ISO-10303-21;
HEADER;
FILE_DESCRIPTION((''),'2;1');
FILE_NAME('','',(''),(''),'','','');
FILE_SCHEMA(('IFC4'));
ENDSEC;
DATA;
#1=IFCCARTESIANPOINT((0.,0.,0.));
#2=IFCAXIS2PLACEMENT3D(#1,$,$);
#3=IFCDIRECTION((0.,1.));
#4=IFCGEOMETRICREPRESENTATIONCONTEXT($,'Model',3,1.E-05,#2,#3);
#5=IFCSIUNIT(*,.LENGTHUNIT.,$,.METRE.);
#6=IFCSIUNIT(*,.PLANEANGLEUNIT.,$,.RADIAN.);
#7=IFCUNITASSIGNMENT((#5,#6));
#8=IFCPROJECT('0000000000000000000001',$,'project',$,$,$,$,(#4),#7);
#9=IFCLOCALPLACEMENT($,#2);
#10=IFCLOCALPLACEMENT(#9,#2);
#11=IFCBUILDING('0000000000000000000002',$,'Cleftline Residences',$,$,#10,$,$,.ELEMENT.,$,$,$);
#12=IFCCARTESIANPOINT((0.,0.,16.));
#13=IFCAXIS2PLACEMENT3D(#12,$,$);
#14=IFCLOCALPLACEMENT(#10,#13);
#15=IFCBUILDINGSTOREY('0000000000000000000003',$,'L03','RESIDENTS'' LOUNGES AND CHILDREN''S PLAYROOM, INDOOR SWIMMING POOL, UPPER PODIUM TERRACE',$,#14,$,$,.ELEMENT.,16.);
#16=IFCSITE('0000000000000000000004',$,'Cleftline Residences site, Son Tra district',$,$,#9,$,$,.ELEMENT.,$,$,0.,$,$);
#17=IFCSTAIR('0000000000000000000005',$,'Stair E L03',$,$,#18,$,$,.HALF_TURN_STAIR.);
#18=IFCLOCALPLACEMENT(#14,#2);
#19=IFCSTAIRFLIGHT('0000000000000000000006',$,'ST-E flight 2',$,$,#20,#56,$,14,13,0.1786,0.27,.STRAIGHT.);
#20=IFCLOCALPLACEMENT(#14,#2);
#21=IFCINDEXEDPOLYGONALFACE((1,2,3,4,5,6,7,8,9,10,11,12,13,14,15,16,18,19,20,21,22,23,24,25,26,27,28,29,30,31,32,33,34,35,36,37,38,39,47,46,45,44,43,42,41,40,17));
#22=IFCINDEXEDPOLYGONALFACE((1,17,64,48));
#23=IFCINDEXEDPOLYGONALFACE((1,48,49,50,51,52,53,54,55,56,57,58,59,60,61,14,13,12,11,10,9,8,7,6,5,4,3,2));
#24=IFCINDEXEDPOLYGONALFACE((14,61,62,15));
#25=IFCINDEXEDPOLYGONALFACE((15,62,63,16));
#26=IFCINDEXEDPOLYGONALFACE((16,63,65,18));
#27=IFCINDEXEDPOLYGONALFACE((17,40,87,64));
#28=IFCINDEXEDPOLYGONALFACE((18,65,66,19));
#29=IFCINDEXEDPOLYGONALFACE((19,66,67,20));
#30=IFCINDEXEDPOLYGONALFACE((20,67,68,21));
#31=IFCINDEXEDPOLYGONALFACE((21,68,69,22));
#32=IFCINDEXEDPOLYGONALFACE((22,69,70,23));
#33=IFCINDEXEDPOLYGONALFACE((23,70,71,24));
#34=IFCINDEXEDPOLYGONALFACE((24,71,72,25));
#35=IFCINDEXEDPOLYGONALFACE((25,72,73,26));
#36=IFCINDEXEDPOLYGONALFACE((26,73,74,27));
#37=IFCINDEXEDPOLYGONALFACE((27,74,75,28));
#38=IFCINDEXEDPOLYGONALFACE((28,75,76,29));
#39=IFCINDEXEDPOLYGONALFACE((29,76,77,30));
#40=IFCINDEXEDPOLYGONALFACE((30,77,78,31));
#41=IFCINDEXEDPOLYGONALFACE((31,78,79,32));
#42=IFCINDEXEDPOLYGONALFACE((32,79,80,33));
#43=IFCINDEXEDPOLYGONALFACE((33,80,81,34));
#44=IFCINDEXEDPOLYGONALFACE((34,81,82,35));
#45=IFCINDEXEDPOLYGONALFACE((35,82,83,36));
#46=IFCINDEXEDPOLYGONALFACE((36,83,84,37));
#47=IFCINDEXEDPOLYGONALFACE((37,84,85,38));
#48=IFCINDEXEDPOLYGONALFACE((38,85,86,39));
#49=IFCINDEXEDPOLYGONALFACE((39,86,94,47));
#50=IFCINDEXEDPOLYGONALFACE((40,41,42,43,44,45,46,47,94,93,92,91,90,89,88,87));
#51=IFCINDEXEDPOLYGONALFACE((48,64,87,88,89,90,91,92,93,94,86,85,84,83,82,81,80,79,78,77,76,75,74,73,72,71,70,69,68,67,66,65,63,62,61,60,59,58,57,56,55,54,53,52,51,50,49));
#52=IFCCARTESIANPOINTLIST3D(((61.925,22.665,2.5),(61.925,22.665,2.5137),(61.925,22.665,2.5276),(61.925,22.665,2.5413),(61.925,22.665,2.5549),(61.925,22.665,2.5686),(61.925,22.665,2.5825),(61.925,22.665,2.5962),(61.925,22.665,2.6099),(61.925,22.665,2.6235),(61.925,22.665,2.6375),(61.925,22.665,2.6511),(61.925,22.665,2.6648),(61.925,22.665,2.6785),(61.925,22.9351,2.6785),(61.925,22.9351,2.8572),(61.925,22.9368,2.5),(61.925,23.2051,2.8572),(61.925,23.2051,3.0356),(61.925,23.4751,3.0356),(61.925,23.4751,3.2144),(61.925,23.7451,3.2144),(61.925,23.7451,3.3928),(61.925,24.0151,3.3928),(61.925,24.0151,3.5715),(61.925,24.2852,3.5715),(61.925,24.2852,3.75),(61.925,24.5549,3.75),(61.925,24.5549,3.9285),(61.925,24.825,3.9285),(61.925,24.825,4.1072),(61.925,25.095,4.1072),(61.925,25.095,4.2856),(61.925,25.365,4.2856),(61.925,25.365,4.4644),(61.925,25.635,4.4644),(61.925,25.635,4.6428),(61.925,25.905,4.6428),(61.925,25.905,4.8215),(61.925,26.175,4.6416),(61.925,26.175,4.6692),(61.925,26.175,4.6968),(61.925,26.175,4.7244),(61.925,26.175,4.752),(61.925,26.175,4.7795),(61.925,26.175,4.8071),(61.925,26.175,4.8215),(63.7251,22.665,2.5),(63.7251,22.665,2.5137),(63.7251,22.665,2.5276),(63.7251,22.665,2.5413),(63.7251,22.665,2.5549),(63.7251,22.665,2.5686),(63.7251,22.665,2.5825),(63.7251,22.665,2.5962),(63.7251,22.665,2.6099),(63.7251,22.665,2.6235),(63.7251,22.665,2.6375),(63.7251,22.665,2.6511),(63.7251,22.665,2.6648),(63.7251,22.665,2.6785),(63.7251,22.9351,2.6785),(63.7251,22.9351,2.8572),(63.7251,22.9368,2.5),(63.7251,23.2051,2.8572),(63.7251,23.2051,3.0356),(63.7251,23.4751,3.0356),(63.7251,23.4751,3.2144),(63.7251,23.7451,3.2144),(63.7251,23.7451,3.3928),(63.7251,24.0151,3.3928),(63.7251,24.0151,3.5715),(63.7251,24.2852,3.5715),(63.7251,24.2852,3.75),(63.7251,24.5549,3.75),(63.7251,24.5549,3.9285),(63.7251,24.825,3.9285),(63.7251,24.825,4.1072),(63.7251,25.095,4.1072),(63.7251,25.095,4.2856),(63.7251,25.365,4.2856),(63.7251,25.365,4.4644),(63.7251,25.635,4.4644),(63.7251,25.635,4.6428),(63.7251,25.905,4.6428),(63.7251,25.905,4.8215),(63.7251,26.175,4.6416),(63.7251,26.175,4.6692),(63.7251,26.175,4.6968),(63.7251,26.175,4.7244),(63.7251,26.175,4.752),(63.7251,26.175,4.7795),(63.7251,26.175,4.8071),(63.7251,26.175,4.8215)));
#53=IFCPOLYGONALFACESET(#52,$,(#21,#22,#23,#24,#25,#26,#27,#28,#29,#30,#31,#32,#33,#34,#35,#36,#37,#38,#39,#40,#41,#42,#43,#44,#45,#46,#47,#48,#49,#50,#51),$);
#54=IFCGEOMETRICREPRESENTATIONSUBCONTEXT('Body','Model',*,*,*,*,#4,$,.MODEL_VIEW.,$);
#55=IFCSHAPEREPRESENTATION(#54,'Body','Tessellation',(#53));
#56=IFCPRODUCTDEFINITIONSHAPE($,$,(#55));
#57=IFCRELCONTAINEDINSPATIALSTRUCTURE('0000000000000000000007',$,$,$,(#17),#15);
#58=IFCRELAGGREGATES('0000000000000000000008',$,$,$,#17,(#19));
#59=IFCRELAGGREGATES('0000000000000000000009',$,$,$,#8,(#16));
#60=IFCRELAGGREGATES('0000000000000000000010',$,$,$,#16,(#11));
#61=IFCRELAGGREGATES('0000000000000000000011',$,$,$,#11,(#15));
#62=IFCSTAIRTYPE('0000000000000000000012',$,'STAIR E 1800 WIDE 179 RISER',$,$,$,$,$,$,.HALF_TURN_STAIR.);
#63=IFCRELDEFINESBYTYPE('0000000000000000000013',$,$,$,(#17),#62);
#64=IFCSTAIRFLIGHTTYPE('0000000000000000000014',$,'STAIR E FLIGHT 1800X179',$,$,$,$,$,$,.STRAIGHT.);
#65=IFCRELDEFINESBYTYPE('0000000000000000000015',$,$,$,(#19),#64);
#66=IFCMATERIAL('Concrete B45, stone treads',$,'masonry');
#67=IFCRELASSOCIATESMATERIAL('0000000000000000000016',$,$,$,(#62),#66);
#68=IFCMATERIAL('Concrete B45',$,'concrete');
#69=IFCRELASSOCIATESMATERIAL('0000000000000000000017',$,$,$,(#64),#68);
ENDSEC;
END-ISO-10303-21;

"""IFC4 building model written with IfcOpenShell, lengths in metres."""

from ifc_helpers import new_model, si_unit, direction, frame, origin, place, context, subcontext, project, spatial, polyline, outline, extrude, material, type_object, element, aggregate, save


model = new_model("IFC4")

# Units and contexts
model_context = context("Model", 3, precision=1e-05, world=origin(), true_north=direction((0.0, 1.0)))
body_context = subcontext(model_context, "Body", "Model", "MODEL_VIEW")
ifc_project = project(units=[si_unit("LENGTHUNIT", "METRE"), si_unit("PLANEANGLEUNIT", "RADIAN")], contexts=[model_context])

# Site, building, storey
site_placement = place(None, origin())
site = spatial("IfcSite", under=ifc_project, at=site_placement, Name="Cleftline Residences site, Son Tra district", CompositionType="ELEMENT", RefElevation=0.0)
building_placement = place(site_placement, origin())
building = spatial("IfcBuilding", under=site, at=building_placement, Name="Cleftline Residences", CompositionType="ELEMENT")
storey_placement = place(building_placement, frame((0.0, 0.0, 16.0)))
storey = spatial("IfcBuildingStorey", under=building, at=storey_placement, Name="L03", Description="RESIDENTS' LOUNGES AND CHILDREN'S PLAYROOM, INDOOR SWIMMING POOL, UPPER PODIUM TERRACE", CompositionType="ELEMENT", Elevation=16.0)

# Stair, stair flight
ifc_material_1 = material(Name="Concrete B45, stone treads", Category="masonry")
stair_type = type_object("IfcStairType", Name="STAIR E 1800 WIDE 179 RISER", PredefinedType="HALF_TURN_STAIR", material=ifc_material_1)
stair_placement = place(storey_placement, origin())
stair = element("IfcStair", 1, at=stair_placement, inside=storey, type_object=stair_type, Name="Stair E L03", PredefinedType="HALF_TURN_STAIR")
ifc_material_2 = material(Name="Concrete B45", Category="concrete")
stair_flight_type = type_object("IfcStairFlightType", Name="STAIR E FLIGHT 1800X179", PredefinedType="STRAIGHT", material=ifc_material_2)
stair_flight_1_placement = place(storey_placement, frame((62.825, 22.665, 2.5), z_axis=(0.0, 0.0, 1.0), x_axis=(0.0, 1.0, 0.0)))
stair_flight_1 = element("IfcStairFlight", 2, at=stair_flight_1_placement, type_object=stair_flight_type, Name="ST-E flight 2", NumberOfRisers=14, NumberOfTreads=13, PredefinedType="STRAIGHT", RiserHeight=0.1786, TreadLength=0.27, context=body_context, shape_type="SweptSolid", body=[
    extrude(outline(polyline([(0.0, 0.0), (0.0, 0.0137), (0.0, 0.0276), (0.0, 0.0413), (0.0, 0.0549), (0.0, 0.0686), (0.0, 0.0825), (0.0, 0.0962), (0.0, 0.1099), (0.0, 0.1235), (0.0, 0.1375), (0.0, 0.1511), (0.0, 0.1648), (0.0, 0.1785), (0.27, 0.1785), (0.27, 0.3572), (0.54, 0.3572), (0.54, 0.5356), (0.8101, 0.5356), (0.8101, 0.7144), (1.0801, 0.7144), (1.0801, 0.8928), (1.3501, 0.8928), (1.3501, 1.0715), (1.6201, 1.0715), (1.6201, 1.25), (1.8899, 1.25), (1.8899, 1.4285), (2.1599, 1.4285), (2.1599, 1.6072), (2.4299, 1.6072), (2.4299, 1.7856), (2.7, 1.7856), (2.7, 1.9644), (2.97, 1.9644), (2.97, 2.1428), (3.24, 2.1428), (3.24, 2.3215), (3.51, 2.3215), (3.51, 2.5), (3.51, 2.4724), (3.51, 2.4448), (3.51, 2.4172), (3.51, 2.3896), (3.51, 2.3623), (3.51, 2.3347), (3.51, 2.3071), (3.51, 2.2795), (3.51, 2.252), (3.51, 2.2244), (3.51, 2.1968), (3.51, 2.1692), (3.51, 2.1416), (0.2717, 0.0), (0.0, 0.0)])), frame((0.0, 0.8999, 0.0), z_axis=(0.0, -1.0, 0.0), x_axis=(1.0, 0.0, 0.0)), (0.0, 0.0, 1.0), 1.8),
])
aggregate(stair, [stair_flight_1])

save(model, "model.ifc")
